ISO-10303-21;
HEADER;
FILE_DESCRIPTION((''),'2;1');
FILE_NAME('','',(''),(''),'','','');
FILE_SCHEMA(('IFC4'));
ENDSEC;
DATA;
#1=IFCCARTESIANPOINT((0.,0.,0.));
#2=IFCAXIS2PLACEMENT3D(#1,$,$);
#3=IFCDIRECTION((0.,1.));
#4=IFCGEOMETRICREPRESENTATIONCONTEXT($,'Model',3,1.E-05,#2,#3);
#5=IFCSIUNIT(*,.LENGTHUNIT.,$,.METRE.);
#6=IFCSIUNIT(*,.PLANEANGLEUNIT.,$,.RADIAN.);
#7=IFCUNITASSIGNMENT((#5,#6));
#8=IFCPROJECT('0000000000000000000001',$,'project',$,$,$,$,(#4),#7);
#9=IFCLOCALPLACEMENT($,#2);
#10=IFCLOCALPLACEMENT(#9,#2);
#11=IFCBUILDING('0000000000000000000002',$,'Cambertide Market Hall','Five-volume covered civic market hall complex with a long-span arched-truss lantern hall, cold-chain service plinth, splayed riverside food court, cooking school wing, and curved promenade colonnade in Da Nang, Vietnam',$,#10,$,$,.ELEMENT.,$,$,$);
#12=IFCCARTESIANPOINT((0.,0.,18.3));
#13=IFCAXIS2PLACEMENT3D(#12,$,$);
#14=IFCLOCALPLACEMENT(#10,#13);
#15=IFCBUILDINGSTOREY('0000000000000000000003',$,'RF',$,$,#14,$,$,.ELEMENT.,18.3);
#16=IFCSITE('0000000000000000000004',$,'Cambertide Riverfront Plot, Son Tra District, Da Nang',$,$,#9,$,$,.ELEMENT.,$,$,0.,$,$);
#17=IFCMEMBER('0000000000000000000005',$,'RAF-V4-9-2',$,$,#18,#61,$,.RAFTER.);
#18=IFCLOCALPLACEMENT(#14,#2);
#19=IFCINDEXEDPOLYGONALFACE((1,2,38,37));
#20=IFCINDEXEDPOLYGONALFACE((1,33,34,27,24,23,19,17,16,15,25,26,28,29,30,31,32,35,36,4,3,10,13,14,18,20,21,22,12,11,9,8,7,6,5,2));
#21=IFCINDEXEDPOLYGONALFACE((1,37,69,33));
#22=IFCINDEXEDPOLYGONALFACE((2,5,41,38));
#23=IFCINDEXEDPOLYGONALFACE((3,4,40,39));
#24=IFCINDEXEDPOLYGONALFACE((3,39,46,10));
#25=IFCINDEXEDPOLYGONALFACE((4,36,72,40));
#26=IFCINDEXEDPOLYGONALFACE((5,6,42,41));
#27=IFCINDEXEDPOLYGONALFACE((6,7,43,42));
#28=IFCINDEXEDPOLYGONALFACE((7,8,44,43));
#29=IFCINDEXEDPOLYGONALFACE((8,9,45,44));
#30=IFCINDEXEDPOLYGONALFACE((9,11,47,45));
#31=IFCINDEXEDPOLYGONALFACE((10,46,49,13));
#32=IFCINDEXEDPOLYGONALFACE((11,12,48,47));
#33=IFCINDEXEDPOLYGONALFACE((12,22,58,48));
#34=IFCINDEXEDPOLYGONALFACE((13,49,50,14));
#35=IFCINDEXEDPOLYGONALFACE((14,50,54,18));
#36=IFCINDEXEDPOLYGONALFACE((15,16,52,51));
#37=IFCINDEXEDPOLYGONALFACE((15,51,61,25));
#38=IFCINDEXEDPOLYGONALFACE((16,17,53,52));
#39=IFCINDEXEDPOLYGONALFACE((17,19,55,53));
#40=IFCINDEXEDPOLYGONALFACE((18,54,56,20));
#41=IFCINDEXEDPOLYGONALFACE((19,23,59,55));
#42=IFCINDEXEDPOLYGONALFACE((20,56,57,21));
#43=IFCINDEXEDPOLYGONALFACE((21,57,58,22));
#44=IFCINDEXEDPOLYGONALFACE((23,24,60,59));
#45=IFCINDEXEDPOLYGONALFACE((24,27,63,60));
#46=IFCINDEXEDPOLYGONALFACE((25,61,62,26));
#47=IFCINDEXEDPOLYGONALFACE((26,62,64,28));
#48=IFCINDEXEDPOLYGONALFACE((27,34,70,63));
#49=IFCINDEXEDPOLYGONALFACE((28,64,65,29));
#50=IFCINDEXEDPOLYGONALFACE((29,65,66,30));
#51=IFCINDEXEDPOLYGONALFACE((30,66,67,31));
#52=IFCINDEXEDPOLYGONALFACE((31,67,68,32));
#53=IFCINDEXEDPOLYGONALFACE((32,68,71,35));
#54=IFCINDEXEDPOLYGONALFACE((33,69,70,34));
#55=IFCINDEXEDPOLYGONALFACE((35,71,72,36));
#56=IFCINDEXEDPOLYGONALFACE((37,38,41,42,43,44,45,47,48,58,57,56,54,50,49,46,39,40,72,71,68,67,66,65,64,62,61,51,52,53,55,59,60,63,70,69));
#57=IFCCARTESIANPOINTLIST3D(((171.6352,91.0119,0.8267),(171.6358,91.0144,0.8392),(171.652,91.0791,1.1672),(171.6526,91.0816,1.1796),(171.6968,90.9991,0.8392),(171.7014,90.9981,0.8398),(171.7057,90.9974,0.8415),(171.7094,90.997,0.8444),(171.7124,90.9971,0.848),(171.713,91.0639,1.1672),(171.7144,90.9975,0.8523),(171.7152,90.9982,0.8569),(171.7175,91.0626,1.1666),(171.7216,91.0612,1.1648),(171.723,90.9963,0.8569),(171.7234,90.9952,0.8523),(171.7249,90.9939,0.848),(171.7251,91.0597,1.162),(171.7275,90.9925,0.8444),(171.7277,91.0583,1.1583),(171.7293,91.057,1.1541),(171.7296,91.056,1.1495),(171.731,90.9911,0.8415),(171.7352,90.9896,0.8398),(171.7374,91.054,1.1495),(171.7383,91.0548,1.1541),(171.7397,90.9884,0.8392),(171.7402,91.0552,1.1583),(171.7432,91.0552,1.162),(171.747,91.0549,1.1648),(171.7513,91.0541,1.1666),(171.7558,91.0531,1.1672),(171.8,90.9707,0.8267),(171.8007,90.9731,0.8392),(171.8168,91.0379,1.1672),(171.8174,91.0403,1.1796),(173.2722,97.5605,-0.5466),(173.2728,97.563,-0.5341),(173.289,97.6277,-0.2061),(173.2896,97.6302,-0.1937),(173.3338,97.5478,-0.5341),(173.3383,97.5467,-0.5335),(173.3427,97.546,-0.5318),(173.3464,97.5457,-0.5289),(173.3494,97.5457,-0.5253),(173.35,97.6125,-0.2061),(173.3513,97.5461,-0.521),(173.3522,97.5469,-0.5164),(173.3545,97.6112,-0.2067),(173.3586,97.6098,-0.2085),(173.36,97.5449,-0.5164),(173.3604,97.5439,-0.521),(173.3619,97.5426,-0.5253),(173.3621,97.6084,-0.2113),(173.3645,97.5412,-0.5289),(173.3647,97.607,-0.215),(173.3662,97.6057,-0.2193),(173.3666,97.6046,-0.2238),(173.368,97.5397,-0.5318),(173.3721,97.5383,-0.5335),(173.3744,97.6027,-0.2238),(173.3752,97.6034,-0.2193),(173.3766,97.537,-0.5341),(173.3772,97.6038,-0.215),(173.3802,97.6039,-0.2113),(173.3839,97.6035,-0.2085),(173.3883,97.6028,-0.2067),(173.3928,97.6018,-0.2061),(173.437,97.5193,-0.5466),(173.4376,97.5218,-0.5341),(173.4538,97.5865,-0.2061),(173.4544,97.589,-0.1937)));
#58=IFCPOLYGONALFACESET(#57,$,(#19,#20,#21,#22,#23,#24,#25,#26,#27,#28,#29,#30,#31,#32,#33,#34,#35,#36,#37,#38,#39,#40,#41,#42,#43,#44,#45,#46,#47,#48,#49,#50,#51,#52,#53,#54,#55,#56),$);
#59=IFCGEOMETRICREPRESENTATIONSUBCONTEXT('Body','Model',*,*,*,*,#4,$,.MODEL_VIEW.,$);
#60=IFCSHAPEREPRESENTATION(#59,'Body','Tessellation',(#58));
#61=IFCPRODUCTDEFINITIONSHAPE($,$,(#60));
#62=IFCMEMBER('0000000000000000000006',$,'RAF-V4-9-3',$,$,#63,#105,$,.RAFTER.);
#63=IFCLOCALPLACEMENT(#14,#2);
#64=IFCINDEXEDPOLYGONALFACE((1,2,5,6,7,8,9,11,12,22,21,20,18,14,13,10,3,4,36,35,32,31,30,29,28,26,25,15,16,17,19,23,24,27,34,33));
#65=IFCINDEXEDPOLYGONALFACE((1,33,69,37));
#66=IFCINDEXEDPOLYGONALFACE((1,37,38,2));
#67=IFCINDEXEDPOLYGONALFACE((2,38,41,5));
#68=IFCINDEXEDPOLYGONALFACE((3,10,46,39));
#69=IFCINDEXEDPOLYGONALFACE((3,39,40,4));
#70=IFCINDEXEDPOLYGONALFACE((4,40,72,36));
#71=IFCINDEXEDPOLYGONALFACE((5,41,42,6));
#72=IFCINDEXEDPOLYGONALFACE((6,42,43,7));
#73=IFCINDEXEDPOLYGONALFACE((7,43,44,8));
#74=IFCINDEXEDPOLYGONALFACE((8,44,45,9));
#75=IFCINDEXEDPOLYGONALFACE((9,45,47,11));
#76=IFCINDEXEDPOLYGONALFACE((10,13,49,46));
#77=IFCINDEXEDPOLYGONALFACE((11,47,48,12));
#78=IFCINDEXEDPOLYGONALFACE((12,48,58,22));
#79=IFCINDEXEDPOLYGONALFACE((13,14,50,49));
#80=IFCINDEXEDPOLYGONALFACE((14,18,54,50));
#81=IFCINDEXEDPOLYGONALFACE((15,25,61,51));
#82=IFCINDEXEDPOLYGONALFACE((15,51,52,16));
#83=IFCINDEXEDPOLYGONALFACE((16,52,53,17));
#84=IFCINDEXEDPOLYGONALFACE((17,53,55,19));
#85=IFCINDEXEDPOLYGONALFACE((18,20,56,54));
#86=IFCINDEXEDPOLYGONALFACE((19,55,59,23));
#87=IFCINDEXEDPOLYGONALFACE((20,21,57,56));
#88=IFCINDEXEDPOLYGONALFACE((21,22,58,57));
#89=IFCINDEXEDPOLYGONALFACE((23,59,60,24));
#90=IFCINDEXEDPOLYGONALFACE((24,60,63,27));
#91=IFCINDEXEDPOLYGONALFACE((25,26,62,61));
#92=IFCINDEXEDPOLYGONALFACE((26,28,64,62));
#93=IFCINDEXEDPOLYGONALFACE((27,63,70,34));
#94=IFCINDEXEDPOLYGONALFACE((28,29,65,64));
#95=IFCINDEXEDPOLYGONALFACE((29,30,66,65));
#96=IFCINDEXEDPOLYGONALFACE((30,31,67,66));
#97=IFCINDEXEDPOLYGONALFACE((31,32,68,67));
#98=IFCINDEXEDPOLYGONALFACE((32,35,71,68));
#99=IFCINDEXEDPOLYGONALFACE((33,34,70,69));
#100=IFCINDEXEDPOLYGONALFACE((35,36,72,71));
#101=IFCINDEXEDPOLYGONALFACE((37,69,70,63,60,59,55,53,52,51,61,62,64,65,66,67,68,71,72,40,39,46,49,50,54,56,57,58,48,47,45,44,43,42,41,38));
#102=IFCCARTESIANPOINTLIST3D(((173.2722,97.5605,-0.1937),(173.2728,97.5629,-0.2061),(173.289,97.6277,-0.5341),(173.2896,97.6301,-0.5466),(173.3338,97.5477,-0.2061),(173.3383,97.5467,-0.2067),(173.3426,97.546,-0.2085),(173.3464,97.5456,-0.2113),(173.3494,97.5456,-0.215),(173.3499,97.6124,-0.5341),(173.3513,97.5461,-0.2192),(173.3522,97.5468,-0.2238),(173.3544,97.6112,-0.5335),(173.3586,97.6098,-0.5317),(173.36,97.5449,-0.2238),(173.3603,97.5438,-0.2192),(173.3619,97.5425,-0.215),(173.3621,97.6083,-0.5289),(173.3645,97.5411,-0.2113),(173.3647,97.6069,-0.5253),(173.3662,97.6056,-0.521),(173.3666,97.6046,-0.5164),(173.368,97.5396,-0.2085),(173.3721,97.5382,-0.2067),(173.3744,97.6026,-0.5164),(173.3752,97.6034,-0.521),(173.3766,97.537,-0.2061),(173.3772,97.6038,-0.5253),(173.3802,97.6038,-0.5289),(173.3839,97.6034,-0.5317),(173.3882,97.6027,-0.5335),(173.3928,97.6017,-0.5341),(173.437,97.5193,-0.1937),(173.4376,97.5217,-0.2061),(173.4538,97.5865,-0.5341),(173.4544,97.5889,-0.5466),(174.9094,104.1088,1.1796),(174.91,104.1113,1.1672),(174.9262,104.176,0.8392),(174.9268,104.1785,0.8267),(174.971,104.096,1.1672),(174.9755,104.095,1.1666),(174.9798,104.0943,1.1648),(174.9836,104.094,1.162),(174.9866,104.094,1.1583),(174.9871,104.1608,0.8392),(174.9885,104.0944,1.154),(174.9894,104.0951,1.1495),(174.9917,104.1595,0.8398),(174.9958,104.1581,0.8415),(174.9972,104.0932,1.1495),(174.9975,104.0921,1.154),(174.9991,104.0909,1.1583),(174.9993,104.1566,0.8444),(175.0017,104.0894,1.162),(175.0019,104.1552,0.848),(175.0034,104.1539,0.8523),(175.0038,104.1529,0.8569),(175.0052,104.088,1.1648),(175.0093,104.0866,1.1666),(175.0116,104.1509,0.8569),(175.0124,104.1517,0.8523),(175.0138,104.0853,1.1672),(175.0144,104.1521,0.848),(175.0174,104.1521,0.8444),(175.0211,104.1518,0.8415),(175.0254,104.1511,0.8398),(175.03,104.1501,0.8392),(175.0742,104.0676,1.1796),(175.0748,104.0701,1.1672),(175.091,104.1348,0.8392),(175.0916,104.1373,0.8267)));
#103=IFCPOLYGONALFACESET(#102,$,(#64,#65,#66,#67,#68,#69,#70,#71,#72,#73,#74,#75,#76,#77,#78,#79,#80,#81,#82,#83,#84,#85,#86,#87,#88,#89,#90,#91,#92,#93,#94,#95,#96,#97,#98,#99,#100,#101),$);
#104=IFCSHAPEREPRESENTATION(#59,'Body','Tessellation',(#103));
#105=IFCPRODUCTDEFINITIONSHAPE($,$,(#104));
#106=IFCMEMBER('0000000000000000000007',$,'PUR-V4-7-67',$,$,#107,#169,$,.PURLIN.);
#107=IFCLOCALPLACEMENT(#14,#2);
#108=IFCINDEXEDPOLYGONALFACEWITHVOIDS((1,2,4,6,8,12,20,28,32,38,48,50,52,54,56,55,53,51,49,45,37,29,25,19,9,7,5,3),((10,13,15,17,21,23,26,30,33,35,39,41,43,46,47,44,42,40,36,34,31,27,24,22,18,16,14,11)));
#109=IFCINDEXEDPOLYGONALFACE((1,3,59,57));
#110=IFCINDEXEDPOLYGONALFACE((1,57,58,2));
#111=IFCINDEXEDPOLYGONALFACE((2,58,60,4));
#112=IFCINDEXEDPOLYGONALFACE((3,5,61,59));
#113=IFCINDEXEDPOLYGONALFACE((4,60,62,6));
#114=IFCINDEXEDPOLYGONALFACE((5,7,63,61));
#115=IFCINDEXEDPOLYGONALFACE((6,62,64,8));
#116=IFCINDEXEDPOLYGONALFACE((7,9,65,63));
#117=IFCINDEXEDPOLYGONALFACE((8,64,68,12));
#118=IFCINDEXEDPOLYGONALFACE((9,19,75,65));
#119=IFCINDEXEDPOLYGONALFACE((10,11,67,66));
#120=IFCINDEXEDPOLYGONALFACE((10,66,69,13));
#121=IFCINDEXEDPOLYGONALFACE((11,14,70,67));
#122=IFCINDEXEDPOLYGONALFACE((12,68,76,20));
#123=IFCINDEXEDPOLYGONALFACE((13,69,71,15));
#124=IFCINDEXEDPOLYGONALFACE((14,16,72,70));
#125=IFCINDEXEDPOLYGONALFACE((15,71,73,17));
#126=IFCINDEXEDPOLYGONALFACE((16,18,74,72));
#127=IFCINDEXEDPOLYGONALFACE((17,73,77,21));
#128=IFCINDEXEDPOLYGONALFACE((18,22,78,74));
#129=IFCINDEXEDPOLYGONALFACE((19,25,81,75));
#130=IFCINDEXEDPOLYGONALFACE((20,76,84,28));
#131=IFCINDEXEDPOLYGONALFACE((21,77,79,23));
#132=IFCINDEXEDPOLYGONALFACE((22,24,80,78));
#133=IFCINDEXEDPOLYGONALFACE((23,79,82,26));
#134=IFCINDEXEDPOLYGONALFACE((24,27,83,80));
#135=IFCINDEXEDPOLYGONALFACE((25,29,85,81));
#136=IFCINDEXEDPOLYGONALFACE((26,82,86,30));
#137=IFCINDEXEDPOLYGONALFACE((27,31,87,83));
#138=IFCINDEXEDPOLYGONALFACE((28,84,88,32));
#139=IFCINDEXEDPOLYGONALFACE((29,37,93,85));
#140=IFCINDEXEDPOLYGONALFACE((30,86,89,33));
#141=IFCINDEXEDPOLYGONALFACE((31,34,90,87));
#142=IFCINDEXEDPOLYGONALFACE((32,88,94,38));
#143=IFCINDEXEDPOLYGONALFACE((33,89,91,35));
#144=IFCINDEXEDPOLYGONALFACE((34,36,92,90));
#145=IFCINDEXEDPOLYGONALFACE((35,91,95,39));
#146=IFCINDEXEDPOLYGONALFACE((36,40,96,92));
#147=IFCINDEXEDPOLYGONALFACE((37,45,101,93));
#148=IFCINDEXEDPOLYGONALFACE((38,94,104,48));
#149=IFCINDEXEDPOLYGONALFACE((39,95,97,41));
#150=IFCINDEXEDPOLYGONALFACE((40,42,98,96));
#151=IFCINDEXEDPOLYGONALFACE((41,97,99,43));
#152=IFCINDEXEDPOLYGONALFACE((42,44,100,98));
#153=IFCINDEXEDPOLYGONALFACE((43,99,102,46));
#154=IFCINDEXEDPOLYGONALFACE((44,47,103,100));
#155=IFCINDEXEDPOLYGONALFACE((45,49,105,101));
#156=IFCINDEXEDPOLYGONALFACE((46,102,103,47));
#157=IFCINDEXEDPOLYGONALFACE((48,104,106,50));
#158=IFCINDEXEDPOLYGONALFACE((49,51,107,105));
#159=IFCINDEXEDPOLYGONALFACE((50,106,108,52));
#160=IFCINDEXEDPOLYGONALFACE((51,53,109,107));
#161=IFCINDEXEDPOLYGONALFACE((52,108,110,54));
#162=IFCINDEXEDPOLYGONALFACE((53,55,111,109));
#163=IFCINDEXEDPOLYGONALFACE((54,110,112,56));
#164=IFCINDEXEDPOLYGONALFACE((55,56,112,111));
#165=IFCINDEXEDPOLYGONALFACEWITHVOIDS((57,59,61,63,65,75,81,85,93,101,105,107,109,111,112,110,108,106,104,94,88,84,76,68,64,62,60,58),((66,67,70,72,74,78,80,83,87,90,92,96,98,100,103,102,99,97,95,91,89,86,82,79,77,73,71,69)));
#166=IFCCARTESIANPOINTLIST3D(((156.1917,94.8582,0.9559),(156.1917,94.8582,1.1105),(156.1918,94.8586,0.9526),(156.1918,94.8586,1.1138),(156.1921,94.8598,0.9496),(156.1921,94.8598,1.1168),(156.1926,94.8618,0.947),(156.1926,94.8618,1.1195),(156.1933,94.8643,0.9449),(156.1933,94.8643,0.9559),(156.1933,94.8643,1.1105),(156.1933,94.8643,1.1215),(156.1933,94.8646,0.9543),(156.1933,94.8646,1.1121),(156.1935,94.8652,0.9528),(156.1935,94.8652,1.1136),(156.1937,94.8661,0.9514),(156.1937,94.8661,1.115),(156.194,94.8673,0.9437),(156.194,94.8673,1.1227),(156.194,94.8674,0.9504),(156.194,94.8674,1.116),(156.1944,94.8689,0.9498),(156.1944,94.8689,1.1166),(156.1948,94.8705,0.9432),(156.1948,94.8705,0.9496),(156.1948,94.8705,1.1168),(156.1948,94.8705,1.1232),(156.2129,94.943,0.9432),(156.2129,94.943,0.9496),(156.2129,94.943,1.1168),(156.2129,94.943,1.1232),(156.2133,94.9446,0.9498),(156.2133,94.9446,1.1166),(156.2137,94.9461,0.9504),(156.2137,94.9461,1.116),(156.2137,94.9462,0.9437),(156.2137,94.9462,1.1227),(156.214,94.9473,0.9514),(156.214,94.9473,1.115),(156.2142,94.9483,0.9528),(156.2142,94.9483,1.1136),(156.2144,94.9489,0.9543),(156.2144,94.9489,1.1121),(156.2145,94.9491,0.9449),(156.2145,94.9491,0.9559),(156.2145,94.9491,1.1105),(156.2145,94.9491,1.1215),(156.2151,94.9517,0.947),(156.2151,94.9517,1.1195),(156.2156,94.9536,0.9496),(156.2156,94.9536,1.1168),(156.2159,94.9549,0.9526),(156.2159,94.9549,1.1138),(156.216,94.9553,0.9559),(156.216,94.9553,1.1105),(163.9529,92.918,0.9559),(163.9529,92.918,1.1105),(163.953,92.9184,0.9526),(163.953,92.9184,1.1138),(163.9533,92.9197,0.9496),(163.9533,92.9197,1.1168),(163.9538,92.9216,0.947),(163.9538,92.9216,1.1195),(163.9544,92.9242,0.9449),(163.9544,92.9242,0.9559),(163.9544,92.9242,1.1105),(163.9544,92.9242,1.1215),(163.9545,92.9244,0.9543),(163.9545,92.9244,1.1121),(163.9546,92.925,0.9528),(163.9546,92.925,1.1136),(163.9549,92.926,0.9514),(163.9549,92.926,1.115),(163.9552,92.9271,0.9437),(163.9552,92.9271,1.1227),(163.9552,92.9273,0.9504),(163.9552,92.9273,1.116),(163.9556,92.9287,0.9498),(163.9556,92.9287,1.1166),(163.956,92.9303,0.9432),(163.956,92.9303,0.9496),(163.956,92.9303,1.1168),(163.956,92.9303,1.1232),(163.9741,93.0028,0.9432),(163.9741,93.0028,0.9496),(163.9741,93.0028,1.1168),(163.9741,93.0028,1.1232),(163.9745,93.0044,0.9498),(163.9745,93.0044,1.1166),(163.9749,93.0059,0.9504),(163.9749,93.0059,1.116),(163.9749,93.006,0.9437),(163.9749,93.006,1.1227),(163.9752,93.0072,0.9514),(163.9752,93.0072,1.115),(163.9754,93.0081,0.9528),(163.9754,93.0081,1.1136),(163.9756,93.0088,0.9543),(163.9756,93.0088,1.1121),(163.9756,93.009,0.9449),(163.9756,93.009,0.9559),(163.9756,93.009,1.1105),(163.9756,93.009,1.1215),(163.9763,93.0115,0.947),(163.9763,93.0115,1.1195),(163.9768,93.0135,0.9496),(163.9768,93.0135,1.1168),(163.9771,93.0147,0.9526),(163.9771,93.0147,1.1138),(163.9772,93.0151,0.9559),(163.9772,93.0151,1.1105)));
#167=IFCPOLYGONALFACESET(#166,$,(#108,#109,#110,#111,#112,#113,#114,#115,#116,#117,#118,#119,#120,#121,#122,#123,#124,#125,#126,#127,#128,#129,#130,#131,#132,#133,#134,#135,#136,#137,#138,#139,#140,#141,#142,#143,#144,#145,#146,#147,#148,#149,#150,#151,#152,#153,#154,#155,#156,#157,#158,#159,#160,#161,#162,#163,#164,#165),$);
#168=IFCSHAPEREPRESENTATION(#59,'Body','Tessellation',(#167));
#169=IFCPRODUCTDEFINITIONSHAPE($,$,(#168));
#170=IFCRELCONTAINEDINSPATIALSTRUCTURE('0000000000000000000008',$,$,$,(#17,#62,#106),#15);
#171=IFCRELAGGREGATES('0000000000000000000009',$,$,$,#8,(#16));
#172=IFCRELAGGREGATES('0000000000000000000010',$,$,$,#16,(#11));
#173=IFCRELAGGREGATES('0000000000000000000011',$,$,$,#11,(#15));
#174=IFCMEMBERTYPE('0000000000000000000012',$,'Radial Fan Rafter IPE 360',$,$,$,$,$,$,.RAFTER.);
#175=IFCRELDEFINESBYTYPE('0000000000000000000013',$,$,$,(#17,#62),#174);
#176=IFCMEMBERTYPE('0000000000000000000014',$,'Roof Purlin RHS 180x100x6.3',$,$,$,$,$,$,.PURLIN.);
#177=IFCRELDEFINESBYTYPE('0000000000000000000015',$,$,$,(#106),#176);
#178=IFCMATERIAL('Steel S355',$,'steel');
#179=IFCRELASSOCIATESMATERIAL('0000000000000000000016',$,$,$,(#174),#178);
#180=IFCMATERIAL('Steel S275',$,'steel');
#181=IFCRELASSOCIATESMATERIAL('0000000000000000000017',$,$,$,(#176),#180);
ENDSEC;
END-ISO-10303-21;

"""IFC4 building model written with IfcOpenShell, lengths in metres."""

from ifc_helpers import new_model, si_unit, direction, frame, origin, origin_2d, place, context, subcontext, project, spatial, hollow_rectangle, i_section, extrude, material, material_profile, profile_set, type_object, element, save


model = new_model("IFC4")

# Units and contexts
model_context = context("Model", 3, precision=1e-05, world=origin(), true_north=direction((0.0, 1.0)))
body_context = subcontext(model_context, "Body", "Model", "MODEL_VIEW")
ifc_project = project(units=[si_unit("LENGTHUNIT", "METRE"), si_unit("PLANEANGLEUNIT", "RADIAN")], contexts=[model_context])

# Site, building, storey
site_placement = place(None, origin())
site = spatial("IfcSite", under=ifc_project, at=site_placement, Name="Cambertide Riverfront Plot, Son Tra District, Da Nang", CompositionType="ELEMENT", RefElevation=0.0)
building_placement = place(site_placement, origin())
building = spatial("IfcBuilding", under=site, at=building_placement, Name="Cambertide Market Hall", Description="Five-volume covered civic market hall complex with a long-span arched-truss lantern hall, cold-chain service plinth, splayed riverside food court, cooking school wing, and curved promenade colonnade in Da Nang, Vietnam", CompositionType="ELEMENT")
storey_placement = place(building_placement, frame((0.0, 0.0, 18.3)))
storey = spatial("IfcBuildingStorey", under=building, at=storey_placement, Name="RF", CompositionType="ELEMENT", Elevation=18.3)

# Members
ifc_material_1 = material(Name="Steel S355", Category="steel")
ifc_material_profile_1 = material_profile(ifc_material_1, i_section(OverallWidth=0.1699, OverallDepth=0.3601, WebThickness=0.0081, FlangeThickness=0.0127, FilletRadius=0.0181, at=origin_2d()), Name="IPE 360")
ifc_profile_set_1 = profile_set([ifc_material_profile_1], Name="Steel S355")
member_type_1 = type_object("IfcMemberType", Name="Radial Fan Rafter IPE 360", PredefinedType="RAFTER", material=ifc_profile_set_1)
member_1_placement = place(storey_placement, frame((171.7263, 91.0261, 1.0032), z_axis=(0.237642, 0.950674, -0.199364), x_axis=(-0.970149, 0.24251, 0.0)))
element("IfcMember", 1, at=member_1_placement, inside=storey, type_object=member_type_1, Name="RAF-V4-9-2", PredefinedType="RAFTER", context=body_context, shape_type="SweptSolid", body=[
    extrude(i_section(OverallWidth=0.1699, OverallDepth=0.3601, WebThickness=0.0081, FlangeThickness=0.0127, FilletRadius=0.0181, at=origin_2d()), origin(), (0.0, 0.0, 1.0), 6.8884),
])
member_2_placement = place(storey_placement, frame((173.3633, 97.5747, -0.3701), z_axis=(0.237683, 0.950662, 0.199369), x_axis=(-0.970138, 0.242553, 0.0)))
element("IfcMember", 2, at=member_2_placement, inside=storey, type_object=member_type_1, Name="RAF-V4-9-3", PredefinedType="RAFTER", context=body_context, shape_type="SweptSolid", body=[
    extrude(i_section(OverallWidth=0.1699, OverallDepth=0.3601, WebThickness=0.0081, FlangeThickness=0.0127, FilletRadius=0.0181, at=origin_2d()), origin(), (0.0, 0.0, 1.0), 6.8882),
])
ifc_material_2 = material(Name="Steel S275", Category="steel")
ifc_material_profile_2 = material_profile(ifc_material_2, hollow_rectangle(XDim=0.1001, YDim=0.1799, WallThickness=0.0063, InnerFilletRadius=0.0063, OuterFilletRadius=0.0127, at=origin_2d()), Name="RHS 180x100x6.3")
ifc_profile_set_2 = profile_set([ifc_material_profile_2], Name="Steel S275")
member_type_2 = type_object("IfcMemberType", Name="Roof Purlin RHS 180x100x6.3", PredefinedType="PURLIN", material=ifc_profile_set_2)
for number, where, z_axis, x_axis, name in (
    (3, (156.2039, 94.9067, 1.0332), (0.970146, -0.242521, 0.0), (0.242521, 0.970146, 0.0), "PUR-V4-7-67"),
):
    element("IfcMember", number, at=place(storey_placement, frame(where, z_axis=z_axis, x_axis=x_axis)), inside=storey, type_object=member_type_2, Name=name, PredefinedType="PURLIN", context=body_context, shape_type="SweptSolid", body=[
        extrude(hollow_rectangle(XDim=0.1001, YDim=0.1799, WallThickness=0.0063, InnerFilletRadius=0.0063, OuterFilletRadius=0.0127, at=origin_2d()), origin(), (0.0, 0.0, 1.0), 8.0),
    ])

save(model, "model.ifc")
